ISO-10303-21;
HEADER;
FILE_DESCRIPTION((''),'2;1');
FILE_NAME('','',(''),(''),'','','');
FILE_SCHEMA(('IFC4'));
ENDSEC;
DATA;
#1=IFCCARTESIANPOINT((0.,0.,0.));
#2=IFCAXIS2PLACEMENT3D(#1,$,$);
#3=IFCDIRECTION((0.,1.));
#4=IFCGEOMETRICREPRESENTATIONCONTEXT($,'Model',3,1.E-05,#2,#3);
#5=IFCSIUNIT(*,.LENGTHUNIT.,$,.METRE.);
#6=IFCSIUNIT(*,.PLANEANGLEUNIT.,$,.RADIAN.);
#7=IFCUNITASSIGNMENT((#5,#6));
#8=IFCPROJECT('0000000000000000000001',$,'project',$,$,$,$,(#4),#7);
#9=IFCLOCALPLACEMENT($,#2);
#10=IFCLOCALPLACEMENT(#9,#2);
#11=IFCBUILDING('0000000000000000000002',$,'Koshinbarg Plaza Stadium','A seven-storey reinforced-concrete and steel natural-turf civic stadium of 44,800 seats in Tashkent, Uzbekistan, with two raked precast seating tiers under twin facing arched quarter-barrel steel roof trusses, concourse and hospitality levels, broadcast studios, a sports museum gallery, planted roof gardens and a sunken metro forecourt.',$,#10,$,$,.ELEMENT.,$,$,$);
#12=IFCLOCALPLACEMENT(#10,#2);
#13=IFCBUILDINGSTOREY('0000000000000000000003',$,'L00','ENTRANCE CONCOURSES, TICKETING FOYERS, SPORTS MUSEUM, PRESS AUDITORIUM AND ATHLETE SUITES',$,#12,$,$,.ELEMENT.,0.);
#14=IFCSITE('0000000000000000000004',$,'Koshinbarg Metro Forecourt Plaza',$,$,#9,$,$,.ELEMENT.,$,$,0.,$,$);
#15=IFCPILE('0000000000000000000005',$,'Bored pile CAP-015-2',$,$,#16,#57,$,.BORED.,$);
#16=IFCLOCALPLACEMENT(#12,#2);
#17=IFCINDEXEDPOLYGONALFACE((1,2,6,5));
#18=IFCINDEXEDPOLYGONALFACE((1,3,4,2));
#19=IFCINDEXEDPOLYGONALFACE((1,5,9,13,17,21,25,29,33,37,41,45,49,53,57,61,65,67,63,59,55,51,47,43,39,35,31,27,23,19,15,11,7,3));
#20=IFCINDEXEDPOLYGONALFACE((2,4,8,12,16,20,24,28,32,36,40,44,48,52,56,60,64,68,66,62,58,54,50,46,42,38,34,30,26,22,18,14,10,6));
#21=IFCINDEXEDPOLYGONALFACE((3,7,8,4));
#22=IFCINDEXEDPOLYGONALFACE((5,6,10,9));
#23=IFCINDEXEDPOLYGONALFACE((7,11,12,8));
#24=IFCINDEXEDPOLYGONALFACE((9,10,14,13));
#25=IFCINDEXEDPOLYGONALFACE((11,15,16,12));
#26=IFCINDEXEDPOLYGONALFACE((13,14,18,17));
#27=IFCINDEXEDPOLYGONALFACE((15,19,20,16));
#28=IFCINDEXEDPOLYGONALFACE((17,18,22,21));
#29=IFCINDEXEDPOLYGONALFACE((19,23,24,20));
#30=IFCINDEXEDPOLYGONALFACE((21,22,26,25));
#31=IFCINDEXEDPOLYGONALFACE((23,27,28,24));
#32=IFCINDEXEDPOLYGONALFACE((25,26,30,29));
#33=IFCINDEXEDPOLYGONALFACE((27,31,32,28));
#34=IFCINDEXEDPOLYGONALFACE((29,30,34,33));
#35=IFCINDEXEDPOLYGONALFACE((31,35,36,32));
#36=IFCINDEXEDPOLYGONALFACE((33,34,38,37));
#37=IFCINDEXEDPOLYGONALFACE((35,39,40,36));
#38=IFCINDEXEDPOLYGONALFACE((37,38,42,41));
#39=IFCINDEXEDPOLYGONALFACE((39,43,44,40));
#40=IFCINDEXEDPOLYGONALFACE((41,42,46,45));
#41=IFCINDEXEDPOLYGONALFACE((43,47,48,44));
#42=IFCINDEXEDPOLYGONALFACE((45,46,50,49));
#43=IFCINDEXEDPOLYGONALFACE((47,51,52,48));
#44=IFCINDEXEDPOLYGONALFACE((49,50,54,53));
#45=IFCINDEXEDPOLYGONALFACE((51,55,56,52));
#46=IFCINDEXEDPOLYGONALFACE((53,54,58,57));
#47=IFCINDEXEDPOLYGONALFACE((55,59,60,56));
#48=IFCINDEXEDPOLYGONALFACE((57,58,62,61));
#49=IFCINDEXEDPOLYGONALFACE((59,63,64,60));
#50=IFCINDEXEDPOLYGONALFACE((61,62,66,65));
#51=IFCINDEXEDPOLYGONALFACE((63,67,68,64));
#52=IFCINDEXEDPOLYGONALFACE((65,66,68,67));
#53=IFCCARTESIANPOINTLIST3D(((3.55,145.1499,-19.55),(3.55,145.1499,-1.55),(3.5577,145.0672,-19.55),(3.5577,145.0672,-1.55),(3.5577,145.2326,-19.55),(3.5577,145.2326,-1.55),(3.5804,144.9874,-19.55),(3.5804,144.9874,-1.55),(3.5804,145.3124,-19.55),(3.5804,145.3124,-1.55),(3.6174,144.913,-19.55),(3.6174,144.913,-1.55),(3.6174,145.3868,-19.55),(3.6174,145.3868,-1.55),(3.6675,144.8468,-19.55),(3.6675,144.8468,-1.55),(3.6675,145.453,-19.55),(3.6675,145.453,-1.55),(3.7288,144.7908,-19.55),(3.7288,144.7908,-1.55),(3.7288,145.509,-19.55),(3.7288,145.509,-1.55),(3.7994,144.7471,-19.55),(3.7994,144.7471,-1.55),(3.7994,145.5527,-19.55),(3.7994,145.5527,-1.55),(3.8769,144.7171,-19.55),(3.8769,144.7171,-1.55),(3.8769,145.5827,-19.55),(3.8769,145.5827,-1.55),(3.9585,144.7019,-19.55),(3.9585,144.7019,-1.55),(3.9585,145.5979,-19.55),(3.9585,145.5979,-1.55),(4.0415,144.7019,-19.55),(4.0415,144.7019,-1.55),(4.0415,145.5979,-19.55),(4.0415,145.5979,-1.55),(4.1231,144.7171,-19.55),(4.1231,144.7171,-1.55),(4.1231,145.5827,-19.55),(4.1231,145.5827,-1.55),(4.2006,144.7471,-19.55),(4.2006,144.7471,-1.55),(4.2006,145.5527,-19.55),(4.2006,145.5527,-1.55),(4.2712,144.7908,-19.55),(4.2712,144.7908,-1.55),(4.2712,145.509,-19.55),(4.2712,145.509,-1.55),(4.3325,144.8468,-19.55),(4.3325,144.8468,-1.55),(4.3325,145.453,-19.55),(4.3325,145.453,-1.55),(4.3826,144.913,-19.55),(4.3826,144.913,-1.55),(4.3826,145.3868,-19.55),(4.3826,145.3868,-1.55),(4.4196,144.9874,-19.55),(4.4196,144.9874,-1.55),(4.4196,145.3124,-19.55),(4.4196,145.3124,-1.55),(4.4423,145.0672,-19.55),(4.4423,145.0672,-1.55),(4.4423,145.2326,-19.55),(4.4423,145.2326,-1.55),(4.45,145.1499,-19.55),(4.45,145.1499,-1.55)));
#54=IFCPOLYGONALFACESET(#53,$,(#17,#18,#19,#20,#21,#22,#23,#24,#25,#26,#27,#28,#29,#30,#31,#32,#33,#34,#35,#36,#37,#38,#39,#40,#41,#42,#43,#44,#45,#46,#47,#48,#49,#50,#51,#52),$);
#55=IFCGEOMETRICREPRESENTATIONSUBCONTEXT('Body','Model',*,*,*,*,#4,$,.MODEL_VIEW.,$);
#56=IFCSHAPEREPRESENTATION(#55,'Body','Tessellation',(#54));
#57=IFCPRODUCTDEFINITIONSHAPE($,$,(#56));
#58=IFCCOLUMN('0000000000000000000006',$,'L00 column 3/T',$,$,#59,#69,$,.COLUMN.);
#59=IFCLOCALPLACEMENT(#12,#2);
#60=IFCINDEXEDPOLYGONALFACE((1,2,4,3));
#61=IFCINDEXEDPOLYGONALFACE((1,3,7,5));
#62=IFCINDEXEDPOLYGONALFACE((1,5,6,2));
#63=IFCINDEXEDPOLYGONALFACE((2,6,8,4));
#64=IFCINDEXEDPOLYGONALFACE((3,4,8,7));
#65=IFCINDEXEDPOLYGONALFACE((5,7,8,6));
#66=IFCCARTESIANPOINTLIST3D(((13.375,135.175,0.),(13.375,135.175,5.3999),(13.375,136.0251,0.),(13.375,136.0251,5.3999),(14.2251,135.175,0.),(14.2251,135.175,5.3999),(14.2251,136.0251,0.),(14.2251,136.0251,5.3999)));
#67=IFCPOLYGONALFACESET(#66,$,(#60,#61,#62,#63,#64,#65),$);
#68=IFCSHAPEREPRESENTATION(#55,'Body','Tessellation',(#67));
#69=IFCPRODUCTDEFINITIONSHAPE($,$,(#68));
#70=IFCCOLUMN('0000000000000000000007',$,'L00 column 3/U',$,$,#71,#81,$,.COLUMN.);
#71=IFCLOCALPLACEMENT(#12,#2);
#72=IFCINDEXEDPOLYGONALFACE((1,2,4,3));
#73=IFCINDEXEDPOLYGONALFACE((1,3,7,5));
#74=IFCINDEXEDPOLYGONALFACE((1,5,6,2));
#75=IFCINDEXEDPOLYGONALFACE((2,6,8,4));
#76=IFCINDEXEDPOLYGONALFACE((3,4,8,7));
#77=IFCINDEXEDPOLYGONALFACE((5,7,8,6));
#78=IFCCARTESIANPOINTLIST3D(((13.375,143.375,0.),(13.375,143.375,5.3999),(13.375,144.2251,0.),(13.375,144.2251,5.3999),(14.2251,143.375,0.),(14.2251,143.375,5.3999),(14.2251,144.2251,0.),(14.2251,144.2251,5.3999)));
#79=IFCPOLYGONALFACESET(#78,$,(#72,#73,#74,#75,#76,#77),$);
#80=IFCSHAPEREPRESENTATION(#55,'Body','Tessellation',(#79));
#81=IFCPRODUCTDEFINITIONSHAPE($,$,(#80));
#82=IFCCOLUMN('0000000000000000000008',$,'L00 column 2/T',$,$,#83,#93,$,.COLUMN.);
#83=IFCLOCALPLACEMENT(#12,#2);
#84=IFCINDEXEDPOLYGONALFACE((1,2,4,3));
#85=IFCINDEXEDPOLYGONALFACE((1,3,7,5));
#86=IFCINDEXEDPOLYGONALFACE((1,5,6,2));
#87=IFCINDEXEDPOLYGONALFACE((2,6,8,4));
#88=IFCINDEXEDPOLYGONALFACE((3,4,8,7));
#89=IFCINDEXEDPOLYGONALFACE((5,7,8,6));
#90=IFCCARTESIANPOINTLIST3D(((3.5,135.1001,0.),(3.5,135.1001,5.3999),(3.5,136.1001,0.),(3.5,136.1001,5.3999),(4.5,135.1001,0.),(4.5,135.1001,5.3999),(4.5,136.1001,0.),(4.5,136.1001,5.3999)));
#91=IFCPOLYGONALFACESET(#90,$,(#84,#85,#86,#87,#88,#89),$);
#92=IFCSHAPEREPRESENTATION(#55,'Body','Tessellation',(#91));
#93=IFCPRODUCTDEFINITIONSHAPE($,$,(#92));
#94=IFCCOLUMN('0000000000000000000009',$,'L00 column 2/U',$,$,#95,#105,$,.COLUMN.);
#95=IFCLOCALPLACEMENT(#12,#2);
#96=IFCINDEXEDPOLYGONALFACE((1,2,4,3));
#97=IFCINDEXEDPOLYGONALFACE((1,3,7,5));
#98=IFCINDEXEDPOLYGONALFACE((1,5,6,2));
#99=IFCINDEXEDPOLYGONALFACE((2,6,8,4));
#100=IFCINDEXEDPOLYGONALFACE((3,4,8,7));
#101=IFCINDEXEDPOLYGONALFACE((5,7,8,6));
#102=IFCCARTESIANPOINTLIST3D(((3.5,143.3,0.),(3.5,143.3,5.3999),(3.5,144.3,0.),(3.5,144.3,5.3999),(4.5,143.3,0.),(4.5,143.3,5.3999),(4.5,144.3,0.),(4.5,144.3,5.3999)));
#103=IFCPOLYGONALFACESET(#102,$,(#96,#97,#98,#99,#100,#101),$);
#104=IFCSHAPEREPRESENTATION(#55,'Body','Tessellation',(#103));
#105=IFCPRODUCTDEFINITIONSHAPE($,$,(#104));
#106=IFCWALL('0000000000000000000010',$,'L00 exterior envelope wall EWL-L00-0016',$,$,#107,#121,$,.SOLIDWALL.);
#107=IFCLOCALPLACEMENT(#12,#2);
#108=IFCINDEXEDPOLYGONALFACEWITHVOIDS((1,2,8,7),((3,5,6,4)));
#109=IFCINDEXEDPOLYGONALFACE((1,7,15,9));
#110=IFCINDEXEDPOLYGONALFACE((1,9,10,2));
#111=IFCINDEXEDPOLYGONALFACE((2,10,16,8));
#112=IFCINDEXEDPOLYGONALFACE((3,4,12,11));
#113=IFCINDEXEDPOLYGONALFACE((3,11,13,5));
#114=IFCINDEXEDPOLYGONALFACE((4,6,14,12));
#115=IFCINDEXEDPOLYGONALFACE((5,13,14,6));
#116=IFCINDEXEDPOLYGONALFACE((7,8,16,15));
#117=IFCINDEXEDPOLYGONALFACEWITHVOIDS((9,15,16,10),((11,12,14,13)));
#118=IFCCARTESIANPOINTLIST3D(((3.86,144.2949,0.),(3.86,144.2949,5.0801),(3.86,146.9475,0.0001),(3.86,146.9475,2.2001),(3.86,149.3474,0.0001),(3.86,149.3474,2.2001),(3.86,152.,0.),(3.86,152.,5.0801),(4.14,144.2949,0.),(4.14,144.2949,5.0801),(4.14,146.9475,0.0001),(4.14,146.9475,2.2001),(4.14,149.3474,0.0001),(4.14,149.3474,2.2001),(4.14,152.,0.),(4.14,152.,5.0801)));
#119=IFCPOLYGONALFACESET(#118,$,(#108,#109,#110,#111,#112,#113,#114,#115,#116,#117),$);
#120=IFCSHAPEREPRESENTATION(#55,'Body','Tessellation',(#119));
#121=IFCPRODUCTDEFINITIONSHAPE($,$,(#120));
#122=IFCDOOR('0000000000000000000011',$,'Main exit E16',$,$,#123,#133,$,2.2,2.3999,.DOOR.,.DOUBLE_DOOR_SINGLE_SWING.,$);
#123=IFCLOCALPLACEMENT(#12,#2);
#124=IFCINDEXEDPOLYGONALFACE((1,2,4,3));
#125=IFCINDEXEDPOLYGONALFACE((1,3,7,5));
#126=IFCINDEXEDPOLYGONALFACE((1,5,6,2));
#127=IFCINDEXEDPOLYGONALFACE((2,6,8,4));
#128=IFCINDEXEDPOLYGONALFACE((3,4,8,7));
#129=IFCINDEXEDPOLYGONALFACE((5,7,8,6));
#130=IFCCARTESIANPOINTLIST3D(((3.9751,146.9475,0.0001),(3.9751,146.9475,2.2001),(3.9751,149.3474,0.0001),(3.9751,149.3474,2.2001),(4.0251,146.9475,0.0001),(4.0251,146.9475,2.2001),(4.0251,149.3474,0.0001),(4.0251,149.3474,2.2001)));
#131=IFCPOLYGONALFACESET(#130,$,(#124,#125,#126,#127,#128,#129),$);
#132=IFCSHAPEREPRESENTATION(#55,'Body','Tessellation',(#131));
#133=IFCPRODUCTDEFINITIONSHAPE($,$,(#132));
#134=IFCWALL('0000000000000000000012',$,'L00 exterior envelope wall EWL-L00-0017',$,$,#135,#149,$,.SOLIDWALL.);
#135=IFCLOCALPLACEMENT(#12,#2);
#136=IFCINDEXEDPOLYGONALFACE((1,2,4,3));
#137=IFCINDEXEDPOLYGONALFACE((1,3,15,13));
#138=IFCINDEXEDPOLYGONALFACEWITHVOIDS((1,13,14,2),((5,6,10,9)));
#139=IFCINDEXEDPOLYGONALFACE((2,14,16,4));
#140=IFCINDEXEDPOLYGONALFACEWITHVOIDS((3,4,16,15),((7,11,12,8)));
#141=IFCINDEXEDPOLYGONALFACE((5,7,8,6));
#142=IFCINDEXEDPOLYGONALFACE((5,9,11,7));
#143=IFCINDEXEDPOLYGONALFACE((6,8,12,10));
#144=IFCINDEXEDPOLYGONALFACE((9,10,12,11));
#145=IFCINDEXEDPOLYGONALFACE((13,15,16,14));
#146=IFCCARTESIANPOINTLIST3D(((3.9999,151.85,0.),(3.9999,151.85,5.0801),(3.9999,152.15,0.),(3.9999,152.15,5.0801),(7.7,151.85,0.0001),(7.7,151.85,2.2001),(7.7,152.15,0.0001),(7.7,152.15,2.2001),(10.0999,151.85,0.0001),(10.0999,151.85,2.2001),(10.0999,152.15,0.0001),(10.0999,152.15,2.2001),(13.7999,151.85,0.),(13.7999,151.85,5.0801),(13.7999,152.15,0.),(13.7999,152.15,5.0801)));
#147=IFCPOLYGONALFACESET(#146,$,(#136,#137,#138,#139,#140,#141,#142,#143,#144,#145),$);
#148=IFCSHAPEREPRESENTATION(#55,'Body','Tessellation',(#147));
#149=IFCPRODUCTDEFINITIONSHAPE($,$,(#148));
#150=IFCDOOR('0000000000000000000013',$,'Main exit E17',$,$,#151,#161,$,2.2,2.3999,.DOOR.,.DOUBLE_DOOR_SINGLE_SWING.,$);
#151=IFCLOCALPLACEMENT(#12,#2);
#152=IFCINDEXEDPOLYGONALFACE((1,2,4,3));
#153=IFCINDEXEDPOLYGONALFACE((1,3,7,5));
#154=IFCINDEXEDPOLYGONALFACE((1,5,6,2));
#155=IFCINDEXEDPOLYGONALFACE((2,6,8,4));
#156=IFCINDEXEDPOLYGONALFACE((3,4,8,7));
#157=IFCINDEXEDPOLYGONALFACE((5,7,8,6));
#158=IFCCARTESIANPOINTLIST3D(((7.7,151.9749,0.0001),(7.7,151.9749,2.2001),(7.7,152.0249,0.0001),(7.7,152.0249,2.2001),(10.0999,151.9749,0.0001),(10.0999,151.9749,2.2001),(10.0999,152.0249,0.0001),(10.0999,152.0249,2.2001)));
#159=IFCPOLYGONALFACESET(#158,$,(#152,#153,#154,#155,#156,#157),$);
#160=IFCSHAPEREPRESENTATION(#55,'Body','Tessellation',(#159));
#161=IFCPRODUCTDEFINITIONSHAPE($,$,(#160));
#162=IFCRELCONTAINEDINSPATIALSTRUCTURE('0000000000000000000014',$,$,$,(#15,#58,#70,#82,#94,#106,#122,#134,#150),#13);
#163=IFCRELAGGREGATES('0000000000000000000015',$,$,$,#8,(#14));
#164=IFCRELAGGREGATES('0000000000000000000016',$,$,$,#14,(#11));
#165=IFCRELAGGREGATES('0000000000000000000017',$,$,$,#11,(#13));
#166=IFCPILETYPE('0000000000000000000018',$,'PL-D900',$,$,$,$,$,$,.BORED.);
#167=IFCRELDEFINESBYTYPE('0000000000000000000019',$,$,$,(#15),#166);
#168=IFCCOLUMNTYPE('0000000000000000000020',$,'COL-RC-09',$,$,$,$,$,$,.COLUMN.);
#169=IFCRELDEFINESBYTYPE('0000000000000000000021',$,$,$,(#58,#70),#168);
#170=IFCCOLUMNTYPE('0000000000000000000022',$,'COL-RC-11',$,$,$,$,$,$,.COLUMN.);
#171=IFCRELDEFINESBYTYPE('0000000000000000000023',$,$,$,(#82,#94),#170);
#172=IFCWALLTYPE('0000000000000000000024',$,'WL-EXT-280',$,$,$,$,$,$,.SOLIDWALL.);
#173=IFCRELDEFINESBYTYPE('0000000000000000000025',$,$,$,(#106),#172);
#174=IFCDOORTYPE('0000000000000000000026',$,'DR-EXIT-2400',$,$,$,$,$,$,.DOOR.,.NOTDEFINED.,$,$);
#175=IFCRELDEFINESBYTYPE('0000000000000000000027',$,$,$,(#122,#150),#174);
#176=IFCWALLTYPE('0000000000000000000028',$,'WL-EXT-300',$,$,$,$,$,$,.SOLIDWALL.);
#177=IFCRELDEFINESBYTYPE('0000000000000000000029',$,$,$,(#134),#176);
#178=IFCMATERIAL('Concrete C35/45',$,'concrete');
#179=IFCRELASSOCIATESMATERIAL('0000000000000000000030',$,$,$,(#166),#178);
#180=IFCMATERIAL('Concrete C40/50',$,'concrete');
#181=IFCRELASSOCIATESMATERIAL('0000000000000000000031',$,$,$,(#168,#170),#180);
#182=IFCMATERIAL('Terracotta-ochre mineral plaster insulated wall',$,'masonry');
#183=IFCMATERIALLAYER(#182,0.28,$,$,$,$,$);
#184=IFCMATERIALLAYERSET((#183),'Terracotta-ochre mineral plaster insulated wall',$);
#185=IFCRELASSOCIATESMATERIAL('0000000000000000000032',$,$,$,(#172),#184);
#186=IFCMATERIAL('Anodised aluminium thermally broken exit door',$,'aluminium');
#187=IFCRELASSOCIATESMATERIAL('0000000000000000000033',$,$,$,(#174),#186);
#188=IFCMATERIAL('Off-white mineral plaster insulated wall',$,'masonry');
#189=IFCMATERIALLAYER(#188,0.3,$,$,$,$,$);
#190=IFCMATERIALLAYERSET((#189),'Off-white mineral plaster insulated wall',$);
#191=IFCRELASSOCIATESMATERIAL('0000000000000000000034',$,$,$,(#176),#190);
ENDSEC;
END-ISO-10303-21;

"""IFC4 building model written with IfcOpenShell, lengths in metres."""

from ifc_helpers import new_model, si_unit, direction, frame, frame_2d, origin, origin_2d, place, context, subcontext, project, spatial, rectangle, circle, extrude, material, layer, layer_set, material_profile, profile_set, type_object, element, fill, save


model = new_model("IFC4")

# Units and contexts
model_context = context("Model", 3, precision=1e-05, world=origin(), true_north=direction((0.0, 1.0)))
body_context = subcontext(model_context, "Body", "Model", "MODEL_VIEW")
ifc_project = project(units=[si_unit("LENGTHUNIT", "METRE"), si_unit("PLANEANGLEUNIT", "RADIAN")], contexts=[model_context])

# Site, building, storey
site_placement = place(None, origin())
site = spatial("IfcSite", under=ifc_project, at=site_placement, Name="Koshinbarg Metro Forecourt Plaza", CompositionType="ELEMENT", RefElevation=0.0)
building_placement = place(site_placement, origin())
building = spatial("IfcBuilding", under=site, at=building_placement, Name="Koshinbarg Plaza Stadium", Description="A seven-storey reinforced-concrete and steel natural-turf civic stadium of 44,800 seats in Tashkent, Uzbekistan, with two raked precast seating tiers under twin facing arched quarter-barrel steel roof trusses, concourse and hospitality levels, broadcast studios, a sports museum gallery, planted roof gardens and a sunken metro forecourt.", CompositionType="ELEMENT")
storey_placement = place(building_placement, origin())
storey = spatial("IfcBuildingStorey", under=building, at=storey_placement, Name="L00", Description="ENTRANCE CONCOURSES, TICKETING FOYERS, SPORTS MUSEUM, PRESS AUDITORIUM AND ATHLETE SUITES", CompositionType="ELEMENT", Elevation=0.0)

# Shared definitions
ifc_material_1 = material(Name="Concrete C35/45", Category="concrete")

# Pile
ifc_material_profile_1 = material_profile(ifc_material_1, circle(Radius=0.45, at=origin_2d()), Name="PILE D900")
ifc_profile_set_1 = profile_set([ifc_material_profile_1], Name="Concrete C35/45")
pile_type_1 = type_object("IfcPileType", Name="PL-D900", PredefinedType="BORED", material=ifc_profile_set_1)
for number, where, z_axis, x_axis, name in (
    (1, (4.0, 145.1499, -1.55), (0.0, 0.0, -1.0), (1.0, 0.0, 0.0), "Bored pile CAP-015-2"),
):
    element("IfcPile", number, at=place(storey_placement, frame(where, z_axis=z_axis, x_axis=x_axis)), inside=storey, type_object=pile_type_1, Name=name, PredefinedType="BORED", context=body_context, shape_type="SweptSolid", body=[
        extrude(circle(Radius=0.45, at=origin_2d()), origin(), (0.0, 0.0, 1.0), 18.0),
    ])

# Columns
ifc_material_2 = material(Name="Concrete C40/50", Category="concrete")
ifc_material_profile_2 = material_profile(ifc_material_2, rectangle(XDim=0.8501, YDim=0.8501, at=origin_2d()), Name="RC 850x850")
ifc_profile_set_2 = profile_set([ifc_material_profile_2], Name="Concrete C40/50")
column_type_1 = type_object("IfcColumnType", Name="COL-RC-09", PredefinedType="COLUMN", material=ifc_profile_set_2)
for number, where, z_axis, x_axis, name in (
    (2, (13.8, 135.6001, 0.0), (0.0, 0.0, 1.0), (1.0, 0.0, 0.0), "L00 column 3/T"),
    (3, (13.8, 143.8, 0.0), (0.0, 0.0, 1.0), (1.0, 0.0, 0.0), "L00 column 3/U"),
):
    element("IfcColumn", number, at=place(storey_placement, frame(where, z_axis=z_axis, x_axis=x_axis)), inside=storey, type_object=column_type_1, Name=name, PredefinedType="COLUMN", context=body_context, shape_type="SweptSolid", body=[
        extrude(rectangle(XDim=0.8501, YDim=0.8501, at=origin_2d()), origin(), (0.0, 0.0, 1.0), 5.3999),
    ])
ifc_material_profile_3 = material_profile(ifc_material_2, rectangle(XDim=1.0, YDim=1.0, at=origin_2d()), Name="RC 1000x1000")
ifc_profile_set_3 = profile_set([ifc_material_profile_3], Name="Concrete C40/50")
column_type_2 = type_object("IfcColumnType", Name="COL-RC-11", PredefinedType="COLUMN", material=ifc_profile_set_3)
for number, where, z_axis, x_axis, name in (
    (4, (4.0, 135.6001, 0.0), (0.0, 0.0, 1.0), (1.0, 0.0, 0.0), "L00 column 2/T"),
    (5, (4.0, 143.8, 0.0), (0.0, 0.0, 1.0), (1.0, 0.0, 0.0), "L00 column 2/U"),
):
    element("IfcColumn", number, at=place(storey_placement, frame(where, z_axis=z_axis, x_axis=x_axis)), inside=storey, type_object=column_type_2, Name=name, PredefinedType="COLUMN", context=body_context, shape_type="SweptSolid", body=[
        extrude(rectangle(XDim=1.0, YDim=1.0, at=origin_2d()), origin(), (0.0, 0.0, 1.0), 5.3999),
    ])

# Walls, openings, doors
ifc_material_3 = material(Name="Terracotta-ochre mineral plaster insulated wall", Category="masonry")
ifc_layer_1 = layer(ifc_material_3, 0.28)
ifc_layer_set_1 = layer_set([ifc_layer_1], Name="Terracotta-ochre mineral plaster insulated wall")
wall_type_1 = type_object("IfcWallType", Name="WL-EXT-280", PredefinedType="SOLIDWALL", material=ifc_layer_set_1)
wall_1_placement = place(storey_placement, frame((4.0, 144.2949, 0.0), z_axis=(0.0, 0.0, 1.0), x_axis=(0.0, 1.0, 0.0)))
wall_1 = element("IfcWall", 6, at=wall_1_placement, inside=storey, type_object=wall_type_1, Name="L00 exterior envelope wall EWL-L00-0016", PredefinedType="SOLIDWALL", context=body_context, shape_type="SweptSolid", body=[
    extrude(rectangle(XDim=7.7051, YDim=0.28, at=frame_2d((3.8525, 0.0))), origin(), (0.0, 0.0, 1.0), 5.0801),
])
opening_1_placement = place(wall_1_placement, frame((2.6526, 0.0, 0.0)))
opening_1 = element("IfcOpeningElement", 7, at=opening_1_placement, cuts=wall_1, PredefinedType="OPENING", context=body_context, shape_type="SweptSolid", body=[
    extrude(rectangle(XDim=2.3999, YDim=2.2, at=frame_2d((1.2, 1.1001))), frame((0.0, 0.1499, 0.0), z_axis=(0.0, -1.0, 0.0), x_axis=(1.0, 0.0, 0.0)), (0.0, 0.0, 1.0), 0.3),
])
ifc_material_4 = material(Name="Anodised aluminium thermally broken exit door", Category="aluminium")
door_type_1 = type_object("IfcDoorType", Name="DR-EXIT-2400", OperationType="NOTDEFINED", PredefinedType="DOOR", material=ifc_material_4)
door_1_placement = place(opening_1_placement, origin())
door_1 = element("IfcDoor", 8, at=door_1_placement, inside=storey, type_object=door_type_1, Name="Main exit E16", OperationType="DOUBLE_DOOR_SINGLE_SWING", OverallHeight=2.2, OverallWidth=2.3999, PredefinedType="DOOR", context=body_context, shape_type="SweptSolid", body=[
    extrude(rectangle(XDim=2.3999, YDim=2.2, at=frame_2d((1.2, 1.1001))), frame((0.0, 0.0249, 0.0), z_axis=(0.0, -1.0, 0.0), x_axis=(1.0, 0.0, 0.0)), (0.0, 0.0, 1.0), 0.05),
])
fill(opening_1, door_1)
ifc_material_5 = material(Name="Off-white mineral plaster insulated wall", Category="masonry")
ifc_layer_2 = layer(ifc_material_5, 0.3)
ifc_layer_set_2 = layer_set([ifc_layer_2], Name="Off-white mineral plaster insulated wall")
wall_type_2 = type_object("IfcWallType", Name="WL-EXT-300", PredefinedType="SOLIDWALL", material=ifc_layer_set_2)
wall_2_placement = place(storey_placement, frame((4.0, 152.0, 0.0), z_axis=(0.0, 0.0, 1.0), x_axis=(1.0, 0.0, 0.0)))
wall_2 = element("IfcWall", 9, at=wall_2_placement, inside=storey, type_object=wall_type_2, Name="L00 exterior envelope wall EWL-L00-0017", PredefinedType="SOLIDWALL", context=body_context, shape_type="SweptSolid", body=[
    extrude(rectangle(XDim=9.8, YDim=0.3, at=frame_2d((4.8999, 0.0))), origin(), (0.0, 0.0, 1.0), 5.0801),
])
opening_2_placement = place(wall_2_placement, frame((3.7, 0.0, 0.0)))
opening_2 = element("IfcOpeningElement", 10, at=opening_2_placement, cuts=wall_2, PredefinedType="OPENING", context=body_context, shape_type="SweptSolid", body=[
    extrude(rectangle(XDim=2.3999, YDim=2.2, at=frame_2d((1.2, 1.1001))), frame((0.0, 0.1599, 0.0), z_axis=(0.0, -1.0, 0.0), x_axis=(1.0, 0.0, 0.0)), (0.0, 0.0, 1.0), 0.3201),
])
door_2_placement = place(opening_2_placement, origin())
door_2 = element("IfcDoor", 11, at=door_2_placement, inside=storey, type_object=door_type_1, Name="Main exit E17", OperationType="DOUBLE_DOOR_SINGLE_SWING", OverallHeight=2.2, OverallWidth=2.3999, PredefinedType="DOOR", context=body_context, shape_type="SweptSolid", body=[
    extrude(rectangle(XDim=2.3999, YDim=2.2, at=frame_2d((1.2, 1.1001))), frame((0.0, 0.0249, 0.0), z_axis=(0.0, -1.0, 0.0), x_axis=(1.0, 0.0, 0.0)), (0.0, 0.0, 1.0), 0.05),
])
fill(opening_2, door_2)

save(model, "model.ifc")
